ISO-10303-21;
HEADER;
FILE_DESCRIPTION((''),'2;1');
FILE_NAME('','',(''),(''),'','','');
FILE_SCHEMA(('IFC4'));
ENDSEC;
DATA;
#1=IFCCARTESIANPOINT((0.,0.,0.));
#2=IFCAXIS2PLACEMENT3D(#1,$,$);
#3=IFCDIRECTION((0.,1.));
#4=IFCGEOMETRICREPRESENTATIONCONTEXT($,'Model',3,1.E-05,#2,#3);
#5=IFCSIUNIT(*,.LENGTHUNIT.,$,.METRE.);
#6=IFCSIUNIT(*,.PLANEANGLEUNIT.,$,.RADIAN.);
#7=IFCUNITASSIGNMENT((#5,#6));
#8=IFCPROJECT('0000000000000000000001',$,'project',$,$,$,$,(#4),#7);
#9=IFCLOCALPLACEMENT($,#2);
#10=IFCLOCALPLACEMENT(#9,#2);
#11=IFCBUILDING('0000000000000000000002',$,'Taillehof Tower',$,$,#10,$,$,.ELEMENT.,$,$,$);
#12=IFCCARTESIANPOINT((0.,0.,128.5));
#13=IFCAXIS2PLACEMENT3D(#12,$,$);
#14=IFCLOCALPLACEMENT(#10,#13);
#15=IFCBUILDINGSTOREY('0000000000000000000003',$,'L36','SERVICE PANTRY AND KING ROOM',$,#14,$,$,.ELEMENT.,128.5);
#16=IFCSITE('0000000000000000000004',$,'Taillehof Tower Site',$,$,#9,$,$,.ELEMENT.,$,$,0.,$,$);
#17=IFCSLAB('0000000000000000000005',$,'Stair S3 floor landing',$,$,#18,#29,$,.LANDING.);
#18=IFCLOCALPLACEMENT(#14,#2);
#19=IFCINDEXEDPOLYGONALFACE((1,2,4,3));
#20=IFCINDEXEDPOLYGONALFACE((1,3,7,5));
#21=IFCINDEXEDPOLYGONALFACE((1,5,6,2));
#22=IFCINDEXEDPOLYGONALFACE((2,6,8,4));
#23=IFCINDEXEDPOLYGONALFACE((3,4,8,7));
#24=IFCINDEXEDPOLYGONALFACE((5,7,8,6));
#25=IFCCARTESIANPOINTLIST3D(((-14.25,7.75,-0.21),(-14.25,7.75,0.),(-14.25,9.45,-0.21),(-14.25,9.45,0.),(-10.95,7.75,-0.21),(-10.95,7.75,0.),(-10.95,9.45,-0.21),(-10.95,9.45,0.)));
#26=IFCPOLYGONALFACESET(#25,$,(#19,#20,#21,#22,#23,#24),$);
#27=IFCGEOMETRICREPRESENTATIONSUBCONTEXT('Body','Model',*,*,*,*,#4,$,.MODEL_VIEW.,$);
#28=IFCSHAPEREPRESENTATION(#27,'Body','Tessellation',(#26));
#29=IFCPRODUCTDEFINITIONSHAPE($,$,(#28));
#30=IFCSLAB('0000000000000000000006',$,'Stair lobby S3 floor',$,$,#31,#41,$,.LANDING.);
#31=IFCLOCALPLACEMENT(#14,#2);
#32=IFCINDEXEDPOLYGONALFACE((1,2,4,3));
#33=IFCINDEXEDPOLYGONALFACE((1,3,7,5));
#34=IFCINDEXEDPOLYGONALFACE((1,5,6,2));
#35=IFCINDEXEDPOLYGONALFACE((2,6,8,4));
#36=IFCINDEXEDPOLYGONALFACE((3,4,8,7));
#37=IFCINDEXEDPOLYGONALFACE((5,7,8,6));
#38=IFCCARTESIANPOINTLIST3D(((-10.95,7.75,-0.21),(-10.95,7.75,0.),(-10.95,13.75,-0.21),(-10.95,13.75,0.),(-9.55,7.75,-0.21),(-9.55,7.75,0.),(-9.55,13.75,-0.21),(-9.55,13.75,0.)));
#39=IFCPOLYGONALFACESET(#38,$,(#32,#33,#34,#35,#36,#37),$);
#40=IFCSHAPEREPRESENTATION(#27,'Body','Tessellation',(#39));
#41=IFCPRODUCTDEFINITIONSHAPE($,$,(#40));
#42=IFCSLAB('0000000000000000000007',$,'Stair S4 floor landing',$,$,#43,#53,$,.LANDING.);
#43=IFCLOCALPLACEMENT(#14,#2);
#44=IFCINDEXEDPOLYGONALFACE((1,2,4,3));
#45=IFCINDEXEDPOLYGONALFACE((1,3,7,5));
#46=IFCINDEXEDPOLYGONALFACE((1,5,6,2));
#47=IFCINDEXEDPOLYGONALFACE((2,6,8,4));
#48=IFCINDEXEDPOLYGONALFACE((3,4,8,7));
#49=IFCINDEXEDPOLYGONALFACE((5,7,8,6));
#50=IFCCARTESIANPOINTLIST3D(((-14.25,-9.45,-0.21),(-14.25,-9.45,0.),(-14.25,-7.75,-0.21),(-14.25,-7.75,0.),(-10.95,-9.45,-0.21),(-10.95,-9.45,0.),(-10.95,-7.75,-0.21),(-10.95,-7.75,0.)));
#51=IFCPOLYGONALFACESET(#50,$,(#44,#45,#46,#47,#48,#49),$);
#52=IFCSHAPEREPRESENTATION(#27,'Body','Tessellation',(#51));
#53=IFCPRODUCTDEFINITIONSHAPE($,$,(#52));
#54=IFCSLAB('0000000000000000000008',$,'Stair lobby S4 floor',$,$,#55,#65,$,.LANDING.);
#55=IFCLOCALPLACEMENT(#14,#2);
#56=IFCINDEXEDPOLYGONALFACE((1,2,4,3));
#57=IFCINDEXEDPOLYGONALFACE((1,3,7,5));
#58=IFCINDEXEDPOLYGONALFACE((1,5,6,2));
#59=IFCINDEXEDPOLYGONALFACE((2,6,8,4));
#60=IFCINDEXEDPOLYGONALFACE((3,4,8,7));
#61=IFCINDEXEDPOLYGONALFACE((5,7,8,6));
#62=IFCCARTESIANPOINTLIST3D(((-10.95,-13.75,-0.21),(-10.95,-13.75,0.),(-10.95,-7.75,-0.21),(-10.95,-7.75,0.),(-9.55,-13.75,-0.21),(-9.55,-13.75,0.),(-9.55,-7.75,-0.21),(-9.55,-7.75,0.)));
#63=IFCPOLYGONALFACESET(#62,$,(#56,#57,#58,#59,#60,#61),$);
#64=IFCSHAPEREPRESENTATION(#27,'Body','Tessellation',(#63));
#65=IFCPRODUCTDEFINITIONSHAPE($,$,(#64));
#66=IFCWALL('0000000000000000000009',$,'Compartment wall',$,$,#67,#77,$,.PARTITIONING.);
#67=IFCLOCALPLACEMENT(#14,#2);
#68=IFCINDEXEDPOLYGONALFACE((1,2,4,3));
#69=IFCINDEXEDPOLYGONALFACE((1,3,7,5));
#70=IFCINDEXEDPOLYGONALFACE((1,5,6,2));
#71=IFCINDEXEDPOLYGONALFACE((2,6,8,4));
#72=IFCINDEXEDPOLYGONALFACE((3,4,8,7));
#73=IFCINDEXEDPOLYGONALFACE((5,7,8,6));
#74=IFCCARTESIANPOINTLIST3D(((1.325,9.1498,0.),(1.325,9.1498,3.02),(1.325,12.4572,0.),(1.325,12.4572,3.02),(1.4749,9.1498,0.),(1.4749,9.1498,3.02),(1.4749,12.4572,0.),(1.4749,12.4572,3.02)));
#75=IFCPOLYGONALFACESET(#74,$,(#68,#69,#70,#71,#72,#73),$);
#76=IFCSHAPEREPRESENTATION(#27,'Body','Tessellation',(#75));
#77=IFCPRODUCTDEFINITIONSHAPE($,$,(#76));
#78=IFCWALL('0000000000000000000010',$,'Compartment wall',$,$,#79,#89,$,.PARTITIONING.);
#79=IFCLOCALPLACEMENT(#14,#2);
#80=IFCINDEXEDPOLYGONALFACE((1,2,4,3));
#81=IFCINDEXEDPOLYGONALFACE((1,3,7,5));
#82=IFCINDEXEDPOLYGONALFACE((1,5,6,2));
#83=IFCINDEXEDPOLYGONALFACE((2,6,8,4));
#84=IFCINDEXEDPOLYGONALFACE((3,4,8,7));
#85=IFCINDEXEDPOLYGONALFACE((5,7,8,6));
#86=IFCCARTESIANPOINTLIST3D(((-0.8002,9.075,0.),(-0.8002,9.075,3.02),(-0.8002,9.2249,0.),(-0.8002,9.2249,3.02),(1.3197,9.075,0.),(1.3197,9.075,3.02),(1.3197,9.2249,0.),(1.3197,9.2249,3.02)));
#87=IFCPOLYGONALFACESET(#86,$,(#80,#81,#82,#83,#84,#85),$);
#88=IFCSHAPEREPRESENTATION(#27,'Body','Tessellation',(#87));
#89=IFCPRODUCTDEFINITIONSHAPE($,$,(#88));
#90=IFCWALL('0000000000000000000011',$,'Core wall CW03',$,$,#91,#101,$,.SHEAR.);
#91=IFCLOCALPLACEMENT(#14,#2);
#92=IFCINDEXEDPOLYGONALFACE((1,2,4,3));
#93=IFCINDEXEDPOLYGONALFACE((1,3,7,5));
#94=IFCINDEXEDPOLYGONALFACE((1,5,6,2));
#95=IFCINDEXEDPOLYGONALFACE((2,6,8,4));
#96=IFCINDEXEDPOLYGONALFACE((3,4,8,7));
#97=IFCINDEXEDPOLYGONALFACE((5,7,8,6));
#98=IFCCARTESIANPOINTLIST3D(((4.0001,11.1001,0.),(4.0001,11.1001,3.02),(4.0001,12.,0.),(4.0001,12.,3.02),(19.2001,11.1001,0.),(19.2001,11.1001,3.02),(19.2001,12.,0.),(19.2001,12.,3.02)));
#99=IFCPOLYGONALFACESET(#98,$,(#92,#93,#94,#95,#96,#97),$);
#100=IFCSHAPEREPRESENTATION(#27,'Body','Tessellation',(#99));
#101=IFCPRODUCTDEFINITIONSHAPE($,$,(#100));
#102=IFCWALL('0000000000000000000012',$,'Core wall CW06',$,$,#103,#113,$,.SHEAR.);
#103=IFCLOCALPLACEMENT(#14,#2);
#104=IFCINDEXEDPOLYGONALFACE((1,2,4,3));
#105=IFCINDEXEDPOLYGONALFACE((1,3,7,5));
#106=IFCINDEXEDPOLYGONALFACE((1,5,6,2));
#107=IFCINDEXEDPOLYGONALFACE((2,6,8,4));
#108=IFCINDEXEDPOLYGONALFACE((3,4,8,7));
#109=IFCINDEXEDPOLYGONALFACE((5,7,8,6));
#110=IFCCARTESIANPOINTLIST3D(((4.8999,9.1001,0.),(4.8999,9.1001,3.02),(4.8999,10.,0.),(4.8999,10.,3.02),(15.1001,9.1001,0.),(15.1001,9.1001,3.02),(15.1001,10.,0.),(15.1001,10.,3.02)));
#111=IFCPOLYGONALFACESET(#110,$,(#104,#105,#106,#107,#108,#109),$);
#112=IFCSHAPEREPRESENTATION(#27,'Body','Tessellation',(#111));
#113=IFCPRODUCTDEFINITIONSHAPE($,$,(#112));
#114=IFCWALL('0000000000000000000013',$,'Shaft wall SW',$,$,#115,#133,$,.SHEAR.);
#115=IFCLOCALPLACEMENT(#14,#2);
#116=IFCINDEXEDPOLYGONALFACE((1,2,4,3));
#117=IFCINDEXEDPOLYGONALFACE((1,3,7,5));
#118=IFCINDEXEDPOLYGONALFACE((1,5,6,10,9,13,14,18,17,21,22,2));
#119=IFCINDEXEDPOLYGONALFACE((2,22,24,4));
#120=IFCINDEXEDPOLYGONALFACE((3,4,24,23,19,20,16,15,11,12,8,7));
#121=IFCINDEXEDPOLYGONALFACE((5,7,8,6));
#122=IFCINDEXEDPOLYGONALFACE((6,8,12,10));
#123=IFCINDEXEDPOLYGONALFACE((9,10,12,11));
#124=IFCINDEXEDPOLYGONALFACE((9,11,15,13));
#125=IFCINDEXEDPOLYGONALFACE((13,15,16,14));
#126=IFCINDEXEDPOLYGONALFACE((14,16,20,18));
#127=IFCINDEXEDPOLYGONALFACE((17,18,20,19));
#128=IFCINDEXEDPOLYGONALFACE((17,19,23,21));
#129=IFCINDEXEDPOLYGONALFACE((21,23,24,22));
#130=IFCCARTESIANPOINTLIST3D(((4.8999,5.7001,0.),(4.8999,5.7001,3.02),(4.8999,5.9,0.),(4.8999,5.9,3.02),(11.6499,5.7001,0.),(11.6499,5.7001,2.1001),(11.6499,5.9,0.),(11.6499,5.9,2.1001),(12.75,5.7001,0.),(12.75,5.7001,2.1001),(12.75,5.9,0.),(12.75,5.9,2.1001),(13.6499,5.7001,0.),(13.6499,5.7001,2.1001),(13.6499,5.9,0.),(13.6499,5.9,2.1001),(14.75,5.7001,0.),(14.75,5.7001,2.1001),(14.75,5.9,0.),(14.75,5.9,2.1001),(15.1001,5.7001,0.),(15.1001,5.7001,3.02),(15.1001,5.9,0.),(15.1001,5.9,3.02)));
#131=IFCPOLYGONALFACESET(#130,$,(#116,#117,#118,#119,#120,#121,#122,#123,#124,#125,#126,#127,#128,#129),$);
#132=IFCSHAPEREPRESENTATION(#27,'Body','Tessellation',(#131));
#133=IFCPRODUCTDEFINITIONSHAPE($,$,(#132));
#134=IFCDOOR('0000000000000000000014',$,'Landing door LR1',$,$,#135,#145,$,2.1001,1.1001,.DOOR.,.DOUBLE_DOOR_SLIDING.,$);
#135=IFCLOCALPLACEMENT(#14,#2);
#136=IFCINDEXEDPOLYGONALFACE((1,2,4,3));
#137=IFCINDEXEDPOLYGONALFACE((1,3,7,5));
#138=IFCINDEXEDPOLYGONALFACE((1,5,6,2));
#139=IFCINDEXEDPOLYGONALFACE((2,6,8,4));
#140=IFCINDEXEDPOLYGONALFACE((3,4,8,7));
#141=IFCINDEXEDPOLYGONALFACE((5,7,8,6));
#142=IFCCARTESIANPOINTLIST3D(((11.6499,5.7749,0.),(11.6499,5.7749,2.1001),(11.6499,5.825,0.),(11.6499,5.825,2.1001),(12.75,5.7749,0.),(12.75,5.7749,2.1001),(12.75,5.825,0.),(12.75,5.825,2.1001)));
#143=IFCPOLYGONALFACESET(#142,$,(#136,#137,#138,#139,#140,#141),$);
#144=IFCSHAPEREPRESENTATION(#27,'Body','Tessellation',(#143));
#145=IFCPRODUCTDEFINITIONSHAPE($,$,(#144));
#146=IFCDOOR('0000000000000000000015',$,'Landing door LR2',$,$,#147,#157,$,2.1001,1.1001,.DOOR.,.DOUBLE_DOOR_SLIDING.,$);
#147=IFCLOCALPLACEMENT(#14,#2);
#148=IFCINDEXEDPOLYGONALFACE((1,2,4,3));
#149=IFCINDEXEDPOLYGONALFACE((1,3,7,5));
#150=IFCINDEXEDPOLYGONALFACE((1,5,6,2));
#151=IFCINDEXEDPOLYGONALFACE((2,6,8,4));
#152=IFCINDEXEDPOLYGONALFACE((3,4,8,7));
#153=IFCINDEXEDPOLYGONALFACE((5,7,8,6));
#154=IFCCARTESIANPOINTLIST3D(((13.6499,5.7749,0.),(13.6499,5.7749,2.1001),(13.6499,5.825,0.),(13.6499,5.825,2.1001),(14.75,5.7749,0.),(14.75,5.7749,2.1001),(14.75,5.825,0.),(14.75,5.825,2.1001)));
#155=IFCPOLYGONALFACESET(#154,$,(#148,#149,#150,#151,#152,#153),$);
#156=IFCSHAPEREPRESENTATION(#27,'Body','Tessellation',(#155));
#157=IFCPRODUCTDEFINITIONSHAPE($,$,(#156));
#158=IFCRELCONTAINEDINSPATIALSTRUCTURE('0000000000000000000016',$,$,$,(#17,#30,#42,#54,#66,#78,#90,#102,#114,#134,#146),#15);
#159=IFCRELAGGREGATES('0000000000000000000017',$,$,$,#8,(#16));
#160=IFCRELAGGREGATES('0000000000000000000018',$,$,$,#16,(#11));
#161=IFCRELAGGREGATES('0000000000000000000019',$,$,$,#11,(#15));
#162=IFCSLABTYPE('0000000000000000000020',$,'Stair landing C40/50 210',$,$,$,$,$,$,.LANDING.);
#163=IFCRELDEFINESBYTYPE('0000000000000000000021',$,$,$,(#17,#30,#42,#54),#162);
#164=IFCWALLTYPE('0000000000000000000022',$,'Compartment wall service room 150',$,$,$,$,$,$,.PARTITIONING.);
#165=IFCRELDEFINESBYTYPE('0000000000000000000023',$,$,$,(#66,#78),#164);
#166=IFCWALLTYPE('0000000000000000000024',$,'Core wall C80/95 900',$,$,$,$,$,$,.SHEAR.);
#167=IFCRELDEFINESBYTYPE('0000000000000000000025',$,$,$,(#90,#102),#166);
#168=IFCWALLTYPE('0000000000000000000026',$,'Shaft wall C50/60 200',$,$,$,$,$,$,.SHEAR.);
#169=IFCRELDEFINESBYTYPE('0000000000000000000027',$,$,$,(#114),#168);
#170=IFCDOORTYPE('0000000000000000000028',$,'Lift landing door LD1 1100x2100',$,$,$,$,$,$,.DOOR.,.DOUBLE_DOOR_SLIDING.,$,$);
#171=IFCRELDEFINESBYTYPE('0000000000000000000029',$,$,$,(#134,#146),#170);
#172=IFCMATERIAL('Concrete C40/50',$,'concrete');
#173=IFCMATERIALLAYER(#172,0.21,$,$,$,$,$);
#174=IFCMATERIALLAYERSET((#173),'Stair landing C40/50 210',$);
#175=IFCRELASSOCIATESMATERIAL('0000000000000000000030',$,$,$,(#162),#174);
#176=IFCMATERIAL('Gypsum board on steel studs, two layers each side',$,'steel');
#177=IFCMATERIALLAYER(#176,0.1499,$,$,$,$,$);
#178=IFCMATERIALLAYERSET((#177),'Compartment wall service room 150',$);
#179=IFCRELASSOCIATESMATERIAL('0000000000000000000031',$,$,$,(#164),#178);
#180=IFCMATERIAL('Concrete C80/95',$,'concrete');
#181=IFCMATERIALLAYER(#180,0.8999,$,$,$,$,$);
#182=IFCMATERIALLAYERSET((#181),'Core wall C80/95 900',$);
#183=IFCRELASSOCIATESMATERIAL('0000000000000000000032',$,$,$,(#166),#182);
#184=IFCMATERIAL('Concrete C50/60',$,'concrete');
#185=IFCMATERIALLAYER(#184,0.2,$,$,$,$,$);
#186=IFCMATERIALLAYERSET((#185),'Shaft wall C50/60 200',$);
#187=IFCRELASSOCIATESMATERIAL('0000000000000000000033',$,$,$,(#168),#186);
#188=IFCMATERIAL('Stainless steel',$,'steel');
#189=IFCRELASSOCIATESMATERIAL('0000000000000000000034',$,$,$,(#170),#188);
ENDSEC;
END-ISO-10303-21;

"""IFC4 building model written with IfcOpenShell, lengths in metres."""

from ifc_helpers import new_model, si_unit, direction, frame, frame_2d, origin, place, context, subcontext, project, spatial, polyline, rectangle, outline, extrude, material, layer, layer_set, type_object, element, fill, save


model = new_model("IFC4")

# Units and contexts
model_context = context("Model", 3, precision=1e-05, world=origin(), true_north=direction((0.0, 1.0)))
body_context = subcontext(model_context, "Body", "Model", "MODEL_VIEW")
ifc_project = project(units=[si_unit("LENGTHUNIT", "METRE"), si_unit("PLANEANGLEUNIT", "RADIAN")], contexts=[model_context])

# Site, building, storey
site_placement = place(None, origin())
site = spatial("IfcSite", under=ifc_project, at=site_placement, Name="Taillehof Tower Site", CompositionType="ELEMENT", RefElevation=0.0)
building_placement = place(site_placement, origin())
building = spatial("IfcBuilding", under=site, at=building_placement, Name="Taillehof Tower", CompositionType="ELEMENT")
storey_placement = place(building_placement, frame((0.0, 0.0, 128.5)))
storey = spatial("IfcBuildingStorey", under=building, at=storey_placement, Name="L36", Description="SERVICE PANTRY AND KING ROOM", CompositionType="ELEMENT", Elevation=128.5)

# Shared definitions
ifc_material_1 = material(Name="Concrete C40/50", Category="concrete")
ifc_layer_1 = layer(ifc_material_1, 0.21)
ifc_layer_set_1 = layer_set([ifc_layer_1], Name="Stair landing C40/50 210")
slab_type_1 = type_object("IfcSlabType", Name="Stair landing C40/50 210", PredefinedType="LANDING", material=ifc_layer_set_1)

# Slabs
slab_1_placement = place(storey_placement, frame((0.0, 0.0, -0.21)))
element("IfcSlab", 1, at=slab_1_placement, inside=storey, type_object=slab_type_1, Name="Stair S3 floor landing", PredefinedType="LANDING", context=body_context, shape_type="SweptSolid", body=[
    extrude(outline(polyline([(-14.25, 7.75), (-14.25, 9.45), (-10.95, 9.45), (-10.95, 7.75), (-14.25, 7.75)])), origin(), (0.0, 0.0, 1.0), 0.21),
])
slab_2_placement = place(storey_placement, frame((0.0, 0.0, -0.21)))
element("IfcSlab", 2, at=slab_2_placement, inside=storey, type_object=slab_type_1, Name="Stair lobby S3 floor", PredefinedType="LANDING", context=body_context, shape_type="SweptSolid", body=[
    extrude(outline(polyline([(-10.95, 7.75), (-9.55, 7.75), (-9.55, 13.75), (-10.95, 13.75), (-10.95, 7.75)])), origin(), (0.0, 0.0, 1.0), 0.21),
])
slab_3_placement = place(storey_placement, frame((0.0, 0.0, -0.21)))
element("IfcSlab", 3, at=slab_3_placement, inside=storey, type_object=slab_type_1, Name="Stair S4 floor landing", PredefinedType="LANDING", context=body_context, shape_type="SweptSolid", body=[
    extrude(outline(polyline([(-14.25, -7.75), (-14.25, -9.45), (-10.95, -9.45), (-10.95, -7.75), (-14.25, -7.75)])), origin(), (0.0, 0.0, 1.0), 0.21),
])
slab_4_placement = place(storey_placement, frame((0.0, 0.0, -0.21)))
element("IfcSlab", 4, at=slab_4_placement, inside=storey, type_object=slab_type_1, Name="Stair lobby S4 floor", PredefinedType="LANDING", context=body_context, shape_type="SweptSolid", body=[
    extrude(outline(polyline([(-10.95, -13.75), (-9.55, -13.75), (-9.55, -7.75), (-10.95, -7.75), (-10.95, -13.75)])), origin(), (0.0, 0.0, 1.0), 0.21),
])

# Walls
ifc_material_2 = material(Name="Gypsum board on steel studs, two layers each side", Category="steel")
ifc_layer_2 = layer(ifc_material_2, 0.1499)
ifc_layer_set_2 = layer_set([ifc_layer_2], Name="Compartment wall service room 150")
wall_type_1 = type_object("IfcWallType", Name="Compartment wall service room 150", PredefinedType="PARTITIONING", material=ifc_layer_set_2)
wall_1_placement = place(storey_placement, frame((1.3999, 12.4573, 0.0), z_axis=(0.0, 0.0, 1.0), x_axis=(0.0, -1.0, 0.0)))
element("IfcWall", 5, at=wall_1_placement, inside=storey, type_object=wall_type_1, Name="Compartment wall", PredefinedType="PARTITIONING", context=body_context, shape_type="SweptSolid", body=[
    extrude(rectangle(XDim=3.3074, YDim=0.1499, at=frame_2d((1.6538, 0.0))), origin(), (0.0, 0.0, 1.0), 3.02),
])
wall_2_placement = place(storey_placement, frame((1.3198, 9.1499, 0.0), z_axis=(0.0, 0.0, 1.0), x_axis=(-1.0, 0.0, 0.0)))
element("IfcWall", 6, at=wall_2_placement, inside=storey, type_object=wall_type_1, Name="Compartment wall", PredefinedType="PARTITIONING", context=body_context, shape_type="SweptSolid", body=[
    extrude(rectangle(XDim=2.1199, YDim=0.1499, at=frame_2d((1.0601, 0.0))), origin(), (0.0, 0.0, 1.0), 3.02),
])
ifc_material_3 = material(Name="Concrete C80/95", Category="concrete")
ifc_layer_3 = layer(ifc_material_3, 0.8999)
ifc_layer_set_3 = layer_set([ifc_layer_3], Name="Core wall C80/95 900")
wall_type_2 = type_object("IfcWallType", Name="Core wall C80/95 900", PredefinedType="SHEAR", material=ifc_layer_set_3)
wall_3_placement = place(storey_placement, frame((4.0, 11.55, 0.0), z_axis=(0.0, 0.0, 1.0), x_axis=(1.0, 0.0, 0.0)))
element("IfcWall", 7, at=wall_3_placement, inside=storey, type_object=wall_type_2, Name="Core wall CW03", PredefinedType="SHEAR", context=body_context, shape_type="SweptSolid", body=[
    extrude(rectangle(XDim=15.2, YDim=0.8999, at=frame_2d((7.6001, 0.0))), origin(), (0.0, 0.0, 1.0), 3.02),
])
wall_4_placement = place(storey_placement, frame((4.8999, 9.55, 0.0), z_axis=(0.0, 0.0, 1.0), x_axis=(1.0, 0.0, 0.0)))
element("IfcWall", 8, at=wall_4_placement, inside=storey, type_object=wall_type_2, Name="Core wall CW06", PredefinedType="SHEAR", context=body_context, shape_type="SweptSolid", body=[
    extrude(rectangle(XDim=10.2002, YDim=0.8999, at=frame_2d((5.1001, 0.0))), origin(), (0.0, 0.0, 1.0), 3.02),
])

# Wall, openings, doors
ifc_material_4 = material(Name="Concrete C50/60", Category="concrete")
ifc_layer_4 = layer(ifc_material_4, 0.2)
ifc_layer_set_4 = layer_set([ifc_layer_4], Name="Shaft wall C50/60 200")
wall_type_3 = type_object("IfcWallType", Name="Shaft wall C50/60 200", PredefinedType="SHEAR", material=ifc_layer_set_4)
wall_5_placement = place(storey_placement, frame((4.8999, 5.8, 0.0), z_axis=(0.0, 0.0, 1.0), x_axis=(1.0, 0.0, 0.0)))
wall_5 = element("IfcWall", 9, at=wall_5_placement, inside=storey, type_object=wall_type_3, Name="Shaft wall SW", PredefinedType="SHEAR", context=body_context, shape_type="SweptSolid", body=[
    extrude(rectangle(XDim=10.2002, YDim=0.2, at=frame_2d((5.1001, 0.0))), origin(), (0.0, 0.0, 1.0), 3.02),
])
opening_1_placement = place(wall_5_placement, frame((6.75, 0.0, 0.0)))
opening_1 = element("IfcOpeningElement", 10, at=opening_1_placement, cuts=wall_5, PredefinedType="OPENING", context=body_context, shape_type="SweptSolid", body=[
    extrude(rectangle(XDim=1.1001, YDim=2.1001, at=frame_2d((0.55, 1.05))), frame((0.0, 0.1099, 0.0), z_axis=(0.0, -1.0, 0.0), x_axis=(1.0, 0.0, 0.0)), (0.0, 0.0, 1.0), 0.22),
])
opening_2_placement = place(wall_5_placement, frame((8.75, 0.0, 0.0)))
opening_2 = element("IfcOpeningElement", 11, at=opening_2_placement, cuts=wall_5, PredefinedType="OPENING", context=body_context, shape_type="SweptSolid", body=[
    extrude(rectangle(XDim=1.1001, YDim=2.1001, at=frame_2d((0.55, 1.05))), frame((0.0, 0.1099, 0.0), z_axis=(0.0, -1.0, 0.0), x_axis=(1.0, 0.0, 0.0)), (0.0, 0.0, 1.0), 0.22),
])
ifc_material_5 = material(Name="Stainless steel", Category="steel")
door_type_1 = type_object("IfcDoorType", Name="Lift landing door LD1 1100x2100", OperationType="DOUBLE_DOOR_SLIDING", PredefinedType="DOOR", material=ifc_material_5)
door_1_placement = place(opening_1_placement, origin())
door_1 = element("IfcDoor", 12, at=door_1_placement, inside=storey, type_object=door_type_1, Name="Landing door LR1", OperationType="DOUBLE_DOOR_SLIDING", OverallHeight=2.1001, OverallWidth=1.1001, PredefinedType="DOOR", context=body_context, shape_type="SweptSolid", body=[
    extrude(rectangle(XDim=1.1001, YDim=2.1001, at=frame_2d((0.55, 1.05))), frame((0.0, 0.0249, 0.0), z_axis=(0.0, -1.0, 0.0), x_axis=(1.0, 0.0, 0.0)), (0.0, 0.0, 1.0), 0.05),
])
fill(opening_1, door_1)
door_2_placement = place(opening_2_placement, origin())
door_2 = element("IfcDoor", 13, at=door_2_placement, inside=storey, type_object=door_type_1, Name="Landing door LR2", OperationType="DOUBLE_DOOR_SLIDING", OverallHeight=2.1001, OverallWidth=1.1001, PredefinedType="DOOR", context=body_context, shape_type="SweptSolid", body=[
    extrude(rectangle(XDim=1.1001, YDim=2.1001, at=frame_2d((0.55, 1.05))), frame((0.0, 0.0249, 0.0), z_axis=(0.0, -1.0, 0.0), x_axis=(1.0, 0.0, 0.0)), (0.0, 0.0, 1.0), 0.05),
])
fill(opening_2, door_2)

save(model, "model.ifc")
